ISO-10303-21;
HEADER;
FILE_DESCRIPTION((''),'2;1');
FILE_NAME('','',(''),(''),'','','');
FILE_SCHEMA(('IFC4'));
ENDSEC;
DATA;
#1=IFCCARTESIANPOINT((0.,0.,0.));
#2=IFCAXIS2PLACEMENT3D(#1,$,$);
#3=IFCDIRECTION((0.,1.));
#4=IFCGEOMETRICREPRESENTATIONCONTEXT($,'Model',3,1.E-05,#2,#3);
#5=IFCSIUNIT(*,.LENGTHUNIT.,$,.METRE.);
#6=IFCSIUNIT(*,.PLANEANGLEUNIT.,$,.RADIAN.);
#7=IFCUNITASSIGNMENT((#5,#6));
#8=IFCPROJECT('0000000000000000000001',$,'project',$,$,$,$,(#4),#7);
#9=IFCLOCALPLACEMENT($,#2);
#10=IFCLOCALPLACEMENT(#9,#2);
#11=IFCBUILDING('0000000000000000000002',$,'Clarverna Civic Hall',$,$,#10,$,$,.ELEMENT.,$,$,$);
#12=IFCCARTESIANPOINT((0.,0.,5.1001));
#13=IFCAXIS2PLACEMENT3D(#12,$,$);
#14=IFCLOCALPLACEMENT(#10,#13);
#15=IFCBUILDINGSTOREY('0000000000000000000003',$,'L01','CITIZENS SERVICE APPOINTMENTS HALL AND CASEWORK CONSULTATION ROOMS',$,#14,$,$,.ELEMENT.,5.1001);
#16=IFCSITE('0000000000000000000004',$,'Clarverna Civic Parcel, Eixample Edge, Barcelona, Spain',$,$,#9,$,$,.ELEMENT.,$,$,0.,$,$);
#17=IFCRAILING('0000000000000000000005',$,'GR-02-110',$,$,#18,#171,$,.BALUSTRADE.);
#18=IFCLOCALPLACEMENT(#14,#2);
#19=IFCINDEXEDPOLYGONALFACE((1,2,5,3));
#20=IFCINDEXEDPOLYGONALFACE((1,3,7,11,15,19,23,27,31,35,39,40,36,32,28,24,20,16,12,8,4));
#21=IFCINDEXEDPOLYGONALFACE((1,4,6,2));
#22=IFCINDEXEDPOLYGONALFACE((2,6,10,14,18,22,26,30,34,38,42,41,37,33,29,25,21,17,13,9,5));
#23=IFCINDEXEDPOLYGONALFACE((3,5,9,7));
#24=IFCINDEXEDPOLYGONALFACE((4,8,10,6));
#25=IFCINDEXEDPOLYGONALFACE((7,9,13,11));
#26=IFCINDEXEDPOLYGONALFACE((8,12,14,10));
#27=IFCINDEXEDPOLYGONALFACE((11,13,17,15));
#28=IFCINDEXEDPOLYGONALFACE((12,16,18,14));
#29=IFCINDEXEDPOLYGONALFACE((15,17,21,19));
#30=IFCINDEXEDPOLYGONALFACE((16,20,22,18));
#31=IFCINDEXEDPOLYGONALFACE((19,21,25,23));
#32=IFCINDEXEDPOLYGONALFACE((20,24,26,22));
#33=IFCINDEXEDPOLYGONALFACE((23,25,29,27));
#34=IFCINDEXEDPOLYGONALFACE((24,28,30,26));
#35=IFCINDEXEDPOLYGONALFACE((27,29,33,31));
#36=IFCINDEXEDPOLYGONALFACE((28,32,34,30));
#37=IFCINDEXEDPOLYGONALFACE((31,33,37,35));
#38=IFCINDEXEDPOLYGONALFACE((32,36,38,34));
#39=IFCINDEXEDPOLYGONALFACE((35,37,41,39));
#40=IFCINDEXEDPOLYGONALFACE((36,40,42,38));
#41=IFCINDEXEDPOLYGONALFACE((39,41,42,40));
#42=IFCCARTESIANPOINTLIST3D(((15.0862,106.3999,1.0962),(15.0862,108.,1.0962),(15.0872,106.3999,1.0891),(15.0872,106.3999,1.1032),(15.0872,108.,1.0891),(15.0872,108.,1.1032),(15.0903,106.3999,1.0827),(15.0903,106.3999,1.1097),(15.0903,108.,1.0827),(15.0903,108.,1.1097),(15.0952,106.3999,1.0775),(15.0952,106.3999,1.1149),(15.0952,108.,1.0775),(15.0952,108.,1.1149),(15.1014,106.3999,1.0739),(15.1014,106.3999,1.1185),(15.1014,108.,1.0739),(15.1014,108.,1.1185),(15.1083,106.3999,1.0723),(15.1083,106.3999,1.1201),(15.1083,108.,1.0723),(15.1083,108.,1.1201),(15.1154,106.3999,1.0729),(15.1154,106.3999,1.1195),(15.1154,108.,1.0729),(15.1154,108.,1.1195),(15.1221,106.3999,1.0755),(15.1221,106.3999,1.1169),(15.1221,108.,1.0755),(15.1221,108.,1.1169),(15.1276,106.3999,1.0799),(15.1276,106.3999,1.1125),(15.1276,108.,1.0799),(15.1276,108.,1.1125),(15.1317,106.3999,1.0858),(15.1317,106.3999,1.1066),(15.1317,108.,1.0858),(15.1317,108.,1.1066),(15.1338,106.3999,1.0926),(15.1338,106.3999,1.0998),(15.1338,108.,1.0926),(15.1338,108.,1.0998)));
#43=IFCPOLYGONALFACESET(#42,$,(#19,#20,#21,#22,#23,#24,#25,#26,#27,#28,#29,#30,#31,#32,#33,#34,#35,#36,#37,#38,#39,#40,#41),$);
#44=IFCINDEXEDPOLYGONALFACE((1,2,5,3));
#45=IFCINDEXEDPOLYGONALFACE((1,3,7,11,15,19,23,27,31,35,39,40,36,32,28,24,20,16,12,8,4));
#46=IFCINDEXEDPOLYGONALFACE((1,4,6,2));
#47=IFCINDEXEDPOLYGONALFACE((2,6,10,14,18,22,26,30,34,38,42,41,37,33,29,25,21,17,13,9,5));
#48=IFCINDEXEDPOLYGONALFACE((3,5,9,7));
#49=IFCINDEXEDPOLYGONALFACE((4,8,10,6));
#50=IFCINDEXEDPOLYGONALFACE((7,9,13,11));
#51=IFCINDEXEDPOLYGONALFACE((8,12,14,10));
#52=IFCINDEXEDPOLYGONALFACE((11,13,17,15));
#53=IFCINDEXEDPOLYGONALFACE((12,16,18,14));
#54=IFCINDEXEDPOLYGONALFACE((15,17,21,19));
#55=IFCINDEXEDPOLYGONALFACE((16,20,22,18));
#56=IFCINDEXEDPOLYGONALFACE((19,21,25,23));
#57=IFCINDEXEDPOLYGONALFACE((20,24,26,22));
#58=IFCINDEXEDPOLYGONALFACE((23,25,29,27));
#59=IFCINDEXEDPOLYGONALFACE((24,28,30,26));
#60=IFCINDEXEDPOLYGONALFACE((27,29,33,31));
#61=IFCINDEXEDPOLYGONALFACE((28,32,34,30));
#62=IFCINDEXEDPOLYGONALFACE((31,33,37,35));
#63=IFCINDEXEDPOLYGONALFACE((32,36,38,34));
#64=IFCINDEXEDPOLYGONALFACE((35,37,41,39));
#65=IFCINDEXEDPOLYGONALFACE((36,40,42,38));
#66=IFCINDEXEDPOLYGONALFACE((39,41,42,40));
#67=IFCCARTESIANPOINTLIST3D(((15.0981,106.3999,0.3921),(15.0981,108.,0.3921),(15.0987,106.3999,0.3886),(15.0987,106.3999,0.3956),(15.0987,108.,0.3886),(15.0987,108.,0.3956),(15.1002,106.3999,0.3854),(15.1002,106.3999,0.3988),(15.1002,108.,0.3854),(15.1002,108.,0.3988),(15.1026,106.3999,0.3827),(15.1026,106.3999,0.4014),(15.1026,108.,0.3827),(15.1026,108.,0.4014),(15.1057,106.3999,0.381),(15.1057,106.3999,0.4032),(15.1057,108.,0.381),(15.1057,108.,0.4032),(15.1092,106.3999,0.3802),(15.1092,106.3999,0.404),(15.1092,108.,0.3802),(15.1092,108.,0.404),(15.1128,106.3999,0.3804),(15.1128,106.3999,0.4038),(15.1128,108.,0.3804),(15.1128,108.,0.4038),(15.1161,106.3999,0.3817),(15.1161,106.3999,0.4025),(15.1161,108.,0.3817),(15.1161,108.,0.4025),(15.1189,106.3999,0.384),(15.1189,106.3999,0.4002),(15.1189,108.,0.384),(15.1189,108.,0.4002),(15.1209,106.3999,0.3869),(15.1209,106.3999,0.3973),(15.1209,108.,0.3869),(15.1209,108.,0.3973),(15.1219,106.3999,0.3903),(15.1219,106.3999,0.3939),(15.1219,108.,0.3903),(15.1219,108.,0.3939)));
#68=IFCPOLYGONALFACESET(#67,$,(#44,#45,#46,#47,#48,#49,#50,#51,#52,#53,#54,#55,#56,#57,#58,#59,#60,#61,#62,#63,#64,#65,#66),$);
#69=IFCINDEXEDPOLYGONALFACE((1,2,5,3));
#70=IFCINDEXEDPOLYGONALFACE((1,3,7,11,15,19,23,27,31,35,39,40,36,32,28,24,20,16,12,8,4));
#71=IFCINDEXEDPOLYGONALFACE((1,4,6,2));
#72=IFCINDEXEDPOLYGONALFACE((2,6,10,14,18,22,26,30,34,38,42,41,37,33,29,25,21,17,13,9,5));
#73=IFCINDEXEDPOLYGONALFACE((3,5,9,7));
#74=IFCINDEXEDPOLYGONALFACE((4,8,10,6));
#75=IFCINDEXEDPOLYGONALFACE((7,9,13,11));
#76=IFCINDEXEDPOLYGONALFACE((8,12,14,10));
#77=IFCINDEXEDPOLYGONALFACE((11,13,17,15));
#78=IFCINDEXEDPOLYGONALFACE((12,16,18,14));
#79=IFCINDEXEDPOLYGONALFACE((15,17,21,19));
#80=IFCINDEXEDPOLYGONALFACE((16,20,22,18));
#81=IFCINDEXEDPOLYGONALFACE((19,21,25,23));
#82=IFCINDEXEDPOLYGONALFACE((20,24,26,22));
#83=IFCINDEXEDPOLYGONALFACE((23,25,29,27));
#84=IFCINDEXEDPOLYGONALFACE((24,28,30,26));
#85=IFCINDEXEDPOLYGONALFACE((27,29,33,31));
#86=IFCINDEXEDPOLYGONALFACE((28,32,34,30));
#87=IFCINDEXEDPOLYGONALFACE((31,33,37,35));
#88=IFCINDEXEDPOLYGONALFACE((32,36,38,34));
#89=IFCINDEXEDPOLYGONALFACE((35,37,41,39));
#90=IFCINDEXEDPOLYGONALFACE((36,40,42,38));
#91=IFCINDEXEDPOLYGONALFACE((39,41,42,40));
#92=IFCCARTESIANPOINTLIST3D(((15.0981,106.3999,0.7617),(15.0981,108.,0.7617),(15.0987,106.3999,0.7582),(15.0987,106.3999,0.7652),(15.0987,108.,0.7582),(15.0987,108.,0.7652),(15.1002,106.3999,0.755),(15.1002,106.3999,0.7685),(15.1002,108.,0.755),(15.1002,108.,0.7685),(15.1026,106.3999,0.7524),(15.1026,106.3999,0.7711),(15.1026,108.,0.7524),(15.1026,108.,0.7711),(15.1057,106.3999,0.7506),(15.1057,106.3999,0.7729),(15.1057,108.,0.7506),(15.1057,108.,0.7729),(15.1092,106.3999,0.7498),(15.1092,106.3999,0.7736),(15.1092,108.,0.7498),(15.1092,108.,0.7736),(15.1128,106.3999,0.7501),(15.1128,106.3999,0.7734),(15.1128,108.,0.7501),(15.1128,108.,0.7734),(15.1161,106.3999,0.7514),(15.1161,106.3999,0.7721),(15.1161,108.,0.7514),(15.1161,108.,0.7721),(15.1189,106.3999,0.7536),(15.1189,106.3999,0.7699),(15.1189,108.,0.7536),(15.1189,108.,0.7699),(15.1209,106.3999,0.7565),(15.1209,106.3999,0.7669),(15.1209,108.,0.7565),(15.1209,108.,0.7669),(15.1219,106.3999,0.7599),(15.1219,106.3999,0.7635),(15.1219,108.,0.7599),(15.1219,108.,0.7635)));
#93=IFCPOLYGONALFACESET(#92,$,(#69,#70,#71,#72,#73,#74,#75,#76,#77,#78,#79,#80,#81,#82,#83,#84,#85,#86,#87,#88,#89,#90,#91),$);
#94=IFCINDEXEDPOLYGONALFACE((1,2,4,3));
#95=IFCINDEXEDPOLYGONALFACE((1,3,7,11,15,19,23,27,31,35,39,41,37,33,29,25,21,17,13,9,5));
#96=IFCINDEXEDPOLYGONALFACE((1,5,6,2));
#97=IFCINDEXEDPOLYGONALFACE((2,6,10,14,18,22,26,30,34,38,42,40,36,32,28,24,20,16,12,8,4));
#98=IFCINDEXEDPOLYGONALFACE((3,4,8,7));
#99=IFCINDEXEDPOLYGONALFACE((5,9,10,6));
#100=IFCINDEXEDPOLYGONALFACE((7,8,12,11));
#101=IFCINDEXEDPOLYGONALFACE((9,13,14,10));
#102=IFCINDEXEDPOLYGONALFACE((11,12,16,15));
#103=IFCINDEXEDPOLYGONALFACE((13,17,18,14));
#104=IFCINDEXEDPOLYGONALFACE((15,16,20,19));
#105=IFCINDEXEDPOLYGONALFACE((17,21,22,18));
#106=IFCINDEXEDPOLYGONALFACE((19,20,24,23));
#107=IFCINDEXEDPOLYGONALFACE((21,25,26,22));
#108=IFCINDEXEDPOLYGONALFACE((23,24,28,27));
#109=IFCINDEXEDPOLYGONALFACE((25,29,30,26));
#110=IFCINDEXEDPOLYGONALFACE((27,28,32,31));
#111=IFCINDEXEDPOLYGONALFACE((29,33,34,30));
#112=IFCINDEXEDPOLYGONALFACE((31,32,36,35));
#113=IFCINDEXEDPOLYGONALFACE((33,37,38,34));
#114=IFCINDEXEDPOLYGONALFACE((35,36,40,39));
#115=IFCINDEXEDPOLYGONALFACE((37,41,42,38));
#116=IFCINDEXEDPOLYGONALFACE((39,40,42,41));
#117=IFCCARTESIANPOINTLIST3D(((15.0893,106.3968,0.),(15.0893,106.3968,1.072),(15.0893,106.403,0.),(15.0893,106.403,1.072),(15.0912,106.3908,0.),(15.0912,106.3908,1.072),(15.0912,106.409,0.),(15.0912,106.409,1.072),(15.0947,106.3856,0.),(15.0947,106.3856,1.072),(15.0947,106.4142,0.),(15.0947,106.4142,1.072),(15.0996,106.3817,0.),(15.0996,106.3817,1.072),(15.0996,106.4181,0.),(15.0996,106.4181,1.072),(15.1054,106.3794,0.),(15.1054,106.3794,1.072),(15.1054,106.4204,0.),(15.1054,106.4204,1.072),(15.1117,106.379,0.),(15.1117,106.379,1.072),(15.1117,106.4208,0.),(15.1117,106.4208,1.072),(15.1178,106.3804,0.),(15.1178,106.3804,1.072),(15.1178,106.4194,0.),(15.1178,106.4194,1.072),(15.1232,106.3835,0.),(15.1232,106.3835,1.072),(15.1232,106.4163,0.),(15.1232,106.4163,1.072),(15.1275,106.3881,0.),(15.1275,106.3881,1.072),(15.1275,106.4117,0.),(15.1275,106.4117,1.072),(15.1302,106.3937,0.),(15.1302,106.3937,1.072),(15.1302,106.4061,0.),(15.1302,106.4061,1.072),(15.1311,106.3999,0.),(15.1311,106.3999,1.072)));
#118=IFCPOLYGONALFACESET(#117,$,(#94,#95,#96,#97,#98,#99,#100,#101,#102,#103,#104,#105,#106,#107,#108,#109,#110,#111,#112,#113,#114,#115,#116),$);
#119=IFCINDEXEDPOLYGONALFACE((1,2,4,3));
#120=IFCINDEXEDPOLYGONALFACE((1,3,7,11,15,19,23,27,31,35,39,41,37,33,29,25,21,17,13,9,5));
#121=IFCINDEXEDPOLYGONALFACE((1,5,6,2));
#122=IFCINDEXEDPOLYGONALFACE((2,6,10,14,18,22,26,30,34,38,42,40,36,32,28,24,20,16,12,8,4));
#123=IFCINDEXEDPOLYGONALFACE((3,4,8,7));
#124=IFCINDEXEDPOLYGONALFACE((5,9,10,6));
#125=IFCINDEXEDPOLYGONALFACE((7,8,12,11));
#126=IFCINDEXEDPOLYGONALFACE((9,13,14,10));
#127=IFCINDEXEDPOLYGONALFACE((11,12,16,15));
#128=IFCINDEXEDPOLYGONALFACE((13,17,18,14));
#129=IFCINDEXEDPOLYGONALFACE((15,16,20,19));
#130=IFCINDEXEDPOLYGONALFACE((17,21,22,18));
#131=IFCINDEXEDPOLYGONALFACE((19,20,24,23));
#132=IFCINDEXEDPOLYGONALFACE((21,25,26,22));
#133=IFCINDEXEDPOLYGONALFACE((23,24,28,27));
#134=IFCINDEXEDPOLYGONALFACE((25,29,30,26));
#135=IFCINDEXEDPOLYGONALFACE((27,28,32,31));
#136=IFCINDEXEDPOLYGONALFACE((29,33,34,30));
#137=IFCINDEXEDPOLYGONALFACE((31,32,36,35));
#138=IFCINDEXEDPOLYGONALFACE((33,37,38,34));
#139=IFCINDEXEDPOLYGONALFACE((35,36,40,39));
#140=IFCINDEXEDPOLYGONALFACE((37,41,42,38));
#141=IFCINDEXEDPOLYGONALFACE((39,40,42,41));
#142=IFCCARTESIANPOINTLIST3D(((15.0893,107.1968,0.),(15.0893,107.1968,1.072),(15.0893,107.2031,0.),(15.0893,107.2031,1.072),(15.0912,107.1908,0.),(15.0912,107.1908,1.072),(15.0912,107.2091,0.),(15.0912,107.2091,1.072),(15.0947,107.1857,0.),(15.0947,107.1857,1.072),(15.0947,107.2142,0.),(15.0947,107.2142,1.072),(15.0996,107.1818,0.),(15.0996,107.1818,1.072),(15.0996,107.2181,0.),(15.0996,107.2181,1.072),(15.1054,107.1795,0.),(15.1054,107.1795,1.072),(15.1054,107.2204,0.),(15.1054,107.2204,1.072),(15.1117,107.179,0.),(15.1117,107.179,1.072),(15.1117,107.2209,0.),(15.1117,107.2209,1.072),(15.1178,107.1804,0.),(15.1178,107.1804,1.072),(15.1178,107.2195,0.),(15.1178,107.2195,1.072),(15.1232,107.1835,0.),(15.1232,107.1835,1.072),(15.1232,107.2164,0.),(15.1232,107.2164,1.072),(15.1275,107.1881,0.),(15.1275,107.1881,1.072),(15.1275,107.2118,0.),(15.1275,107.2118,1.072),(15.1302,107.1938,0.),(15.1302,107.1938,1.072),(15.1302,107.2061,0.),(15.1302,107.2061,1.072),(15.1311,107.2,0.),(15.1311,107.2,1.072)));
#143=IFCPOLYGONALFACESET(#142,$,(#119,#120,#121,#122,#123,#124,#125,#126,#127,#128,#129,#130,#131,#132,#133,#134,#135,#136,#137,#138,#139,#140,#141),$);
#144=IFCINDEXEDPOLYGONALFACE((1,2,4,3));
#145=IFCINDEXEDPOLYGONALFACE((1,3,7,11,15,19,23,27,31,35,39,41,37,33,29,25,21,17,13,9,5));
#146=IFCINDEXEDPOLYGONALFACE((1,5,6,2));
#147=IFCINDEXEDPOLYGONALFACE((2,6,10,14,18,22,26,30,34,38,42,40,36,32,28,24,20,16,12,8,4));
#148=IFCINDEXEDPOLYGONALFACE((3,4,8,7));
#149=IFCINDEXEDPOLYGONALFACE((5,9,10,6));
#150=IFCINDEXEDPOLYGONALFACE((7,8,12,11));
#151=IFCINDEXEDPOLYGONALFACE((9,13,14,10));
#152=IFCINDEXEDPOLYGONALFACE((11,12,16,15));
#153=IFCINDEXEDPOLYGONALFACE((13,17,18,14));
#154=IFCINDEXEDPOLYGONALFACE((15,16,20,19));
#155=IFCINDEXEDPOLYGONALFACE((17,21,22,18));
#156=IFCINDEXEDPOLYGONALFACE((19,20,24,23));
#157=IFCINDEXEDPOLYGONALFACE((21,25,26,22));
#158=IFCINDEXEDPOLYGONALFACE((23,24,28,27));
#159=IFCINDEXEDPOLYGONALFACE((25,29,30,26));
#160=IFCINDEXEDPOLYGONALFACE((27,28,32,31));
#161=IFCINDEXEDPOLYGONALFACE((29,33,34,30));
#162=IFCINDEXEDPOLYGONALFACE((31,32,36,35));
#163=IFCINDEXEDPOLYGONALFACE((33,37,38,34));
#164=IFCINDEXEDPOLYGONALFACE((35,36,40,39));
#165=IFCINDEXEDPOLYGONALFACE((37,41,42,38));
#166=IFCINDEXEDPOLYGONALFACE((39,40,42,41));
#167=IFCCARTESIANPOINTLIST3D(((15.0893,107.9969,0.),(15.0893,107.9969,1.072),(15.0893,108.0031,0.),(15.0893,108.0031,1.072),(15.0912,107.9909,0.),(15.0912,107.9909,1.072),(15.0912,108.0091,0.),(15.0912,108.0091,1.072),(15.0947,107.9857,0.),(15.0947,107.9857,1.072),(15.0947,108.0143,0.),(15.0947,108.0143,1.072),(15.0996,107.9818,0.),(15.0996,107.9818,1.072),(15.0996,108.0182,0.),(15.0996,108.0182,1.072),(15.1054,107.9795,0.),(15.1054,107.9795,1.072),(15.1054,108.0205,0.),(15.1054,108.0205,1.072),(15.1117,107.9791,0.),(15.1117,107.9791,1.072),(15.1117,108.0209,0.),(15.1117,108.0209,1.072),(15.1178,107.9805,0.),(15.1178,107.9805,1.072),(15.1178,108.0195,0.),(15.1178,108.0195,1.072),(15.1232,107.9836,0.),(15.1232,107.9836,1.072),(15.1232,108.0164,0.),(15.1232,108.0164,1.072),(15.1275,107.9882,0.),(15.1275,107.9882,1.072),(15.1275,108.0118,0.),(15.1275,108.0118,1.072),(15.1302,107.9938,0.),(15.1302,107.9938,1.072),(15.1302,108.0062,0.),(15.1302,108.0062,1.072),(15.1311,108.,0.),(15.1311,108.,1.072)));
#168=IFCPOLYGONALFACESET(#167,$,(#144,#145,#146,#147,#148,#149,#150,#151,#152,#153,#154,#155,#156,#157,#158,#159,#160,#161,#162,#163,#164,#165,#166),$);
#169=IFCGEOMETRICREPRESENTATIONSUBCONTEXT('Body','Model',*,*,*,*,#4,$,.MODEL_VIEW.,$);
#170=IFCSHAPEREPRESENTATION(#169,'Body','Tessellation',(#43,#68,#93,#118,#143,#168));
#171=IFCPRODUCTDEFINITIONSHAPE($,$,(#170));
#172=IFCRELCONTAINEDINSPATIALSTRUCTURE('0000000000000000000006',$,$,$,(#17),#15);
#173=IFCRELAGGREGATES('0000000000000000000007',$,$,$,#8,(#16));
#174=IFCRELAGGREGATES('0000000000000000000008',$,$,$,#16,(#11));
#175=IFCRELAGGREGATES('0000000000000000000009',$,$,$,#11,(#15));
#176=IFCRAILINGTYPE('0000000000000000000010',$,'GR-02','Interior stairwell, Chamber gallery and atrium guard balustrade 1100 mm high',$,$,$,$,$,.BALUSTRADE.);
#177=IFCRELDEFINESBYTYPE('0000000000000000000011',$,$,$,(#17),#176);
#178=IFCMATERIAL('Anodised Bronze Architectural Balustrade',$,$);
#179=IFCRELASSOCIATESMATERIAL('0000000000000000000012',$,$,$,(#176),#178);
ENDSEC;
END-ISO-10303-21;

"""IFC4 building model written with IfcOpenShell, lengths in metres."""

from ifc_helpers import new_model, si_unit, direction, frame, origin, origin_2d, place, context, subcontext, project, spatial, circle, extrude, material, type_object, element, save


model = new_model("IFC4")

# Units and contexts
model_context = context("Model", 3, precision=1e-05, world=origin(), true_north=direction((0.0, 1.0)))
body_context = subcontext(model_context, "Body", "Model", "MODEL_VIEW")
ifc_project = project(units=[si_unit("LENGTHUNIT", "METRE"), si_unit("PLANEANGLEUNIT", "RADIAN")], contexts=[model_context])

# Site, building, storey
site_placement = place(None, origin())
site = spatial("IfcSite", under=ifc_project, at=site_placement, Name="Clarverna Civic Parcel, Eixample Edge, Barcelona, Spain", CompositionType="ELEMENT", RefElevation=0.0)
building_placement = place(site_placement, origin())
building = spatial("IfcBuilding", under=site, at=building_placement, Name="Clarverna Civic Hall", CompositionType="ELEMENT")
storey_placement = place(building_placement, frame((0.0, 0.0, 5.1001)))
storey = spatial("IfcBuildingStorey", under=building, at=storey_placement, Name="L01", Description="CITIZENS SERVICE APPOINTMENTS HALL AND CASEWORK CONSULTATION ROOMS", CompositionType="ELEMENT", Elevation=5.1001)

# Railing
ifc_material_1 = material(Name="Anodised Bronze Architectural Balustrade")
railing_type_1 = type_object("IfcRailingType", Name="GR-02", Description="Interior stairwell, Chamber gallery and atrium guard balustrade 1100 mm high", PredefinedType="BALUSTRADE", material=ifc_material_1)
railing_1_placement = place(storey_placement, frame((15.1101, 106.3999, 0.0)))
element("IfcRailing", 1, at=railing_1_placement, inside=storey, type_object=railing_type_1, Name="GR-02-110", PredefinedType="BALUSTRADE", context=body_context, shape_type="SweptSolid", body=[
    extrude(circle(Radius=0.0239, at=origin_2d()), frame((0.0, 0.0, 1.0962), z_axis=(0.0, 1.0, 0.0), x_axis=(-1.0, 0.0, 0.0)), (0.0, 0.0, 1.0), 1.6001),
    extrude(circle(Radius=0.012, at=origin_2d()), frame((0.0, 0.0, 0.3921), z_axis=(0.0, 1.0, 0.0), x_axis=(-1.0, 0.0, 0.0)), (0.0, 0.0, 1.0), 1.6001),
    extrude(circle(Radius=0.012, at=origin_2d()), frame((0.0, 0.0, 0.7617), z_axis=(0.0, 1.0, 0.0), x_axis=(-1.0, 0.0, 0.0)), (0.0, 0.0, 1.0), 1.6001),
    extrude(circle(Radius=0.021, at=origin_2d()), origin(), (0.0, 0.0, 1.0), 1.072),
    extrude(circle(Radius=0.021, at=origin_2d()), frame((0.0, 0.8, 0.0)), (0.0, 0.0, 1.0), 1.072),
    extrude(circle(Radius=0.021, at=origin_2d()), frame((0.0, 1.6001, 0.0)), (0.0, 0.0, 1.0), 1.072),
])

save(model, "model.ifc")
